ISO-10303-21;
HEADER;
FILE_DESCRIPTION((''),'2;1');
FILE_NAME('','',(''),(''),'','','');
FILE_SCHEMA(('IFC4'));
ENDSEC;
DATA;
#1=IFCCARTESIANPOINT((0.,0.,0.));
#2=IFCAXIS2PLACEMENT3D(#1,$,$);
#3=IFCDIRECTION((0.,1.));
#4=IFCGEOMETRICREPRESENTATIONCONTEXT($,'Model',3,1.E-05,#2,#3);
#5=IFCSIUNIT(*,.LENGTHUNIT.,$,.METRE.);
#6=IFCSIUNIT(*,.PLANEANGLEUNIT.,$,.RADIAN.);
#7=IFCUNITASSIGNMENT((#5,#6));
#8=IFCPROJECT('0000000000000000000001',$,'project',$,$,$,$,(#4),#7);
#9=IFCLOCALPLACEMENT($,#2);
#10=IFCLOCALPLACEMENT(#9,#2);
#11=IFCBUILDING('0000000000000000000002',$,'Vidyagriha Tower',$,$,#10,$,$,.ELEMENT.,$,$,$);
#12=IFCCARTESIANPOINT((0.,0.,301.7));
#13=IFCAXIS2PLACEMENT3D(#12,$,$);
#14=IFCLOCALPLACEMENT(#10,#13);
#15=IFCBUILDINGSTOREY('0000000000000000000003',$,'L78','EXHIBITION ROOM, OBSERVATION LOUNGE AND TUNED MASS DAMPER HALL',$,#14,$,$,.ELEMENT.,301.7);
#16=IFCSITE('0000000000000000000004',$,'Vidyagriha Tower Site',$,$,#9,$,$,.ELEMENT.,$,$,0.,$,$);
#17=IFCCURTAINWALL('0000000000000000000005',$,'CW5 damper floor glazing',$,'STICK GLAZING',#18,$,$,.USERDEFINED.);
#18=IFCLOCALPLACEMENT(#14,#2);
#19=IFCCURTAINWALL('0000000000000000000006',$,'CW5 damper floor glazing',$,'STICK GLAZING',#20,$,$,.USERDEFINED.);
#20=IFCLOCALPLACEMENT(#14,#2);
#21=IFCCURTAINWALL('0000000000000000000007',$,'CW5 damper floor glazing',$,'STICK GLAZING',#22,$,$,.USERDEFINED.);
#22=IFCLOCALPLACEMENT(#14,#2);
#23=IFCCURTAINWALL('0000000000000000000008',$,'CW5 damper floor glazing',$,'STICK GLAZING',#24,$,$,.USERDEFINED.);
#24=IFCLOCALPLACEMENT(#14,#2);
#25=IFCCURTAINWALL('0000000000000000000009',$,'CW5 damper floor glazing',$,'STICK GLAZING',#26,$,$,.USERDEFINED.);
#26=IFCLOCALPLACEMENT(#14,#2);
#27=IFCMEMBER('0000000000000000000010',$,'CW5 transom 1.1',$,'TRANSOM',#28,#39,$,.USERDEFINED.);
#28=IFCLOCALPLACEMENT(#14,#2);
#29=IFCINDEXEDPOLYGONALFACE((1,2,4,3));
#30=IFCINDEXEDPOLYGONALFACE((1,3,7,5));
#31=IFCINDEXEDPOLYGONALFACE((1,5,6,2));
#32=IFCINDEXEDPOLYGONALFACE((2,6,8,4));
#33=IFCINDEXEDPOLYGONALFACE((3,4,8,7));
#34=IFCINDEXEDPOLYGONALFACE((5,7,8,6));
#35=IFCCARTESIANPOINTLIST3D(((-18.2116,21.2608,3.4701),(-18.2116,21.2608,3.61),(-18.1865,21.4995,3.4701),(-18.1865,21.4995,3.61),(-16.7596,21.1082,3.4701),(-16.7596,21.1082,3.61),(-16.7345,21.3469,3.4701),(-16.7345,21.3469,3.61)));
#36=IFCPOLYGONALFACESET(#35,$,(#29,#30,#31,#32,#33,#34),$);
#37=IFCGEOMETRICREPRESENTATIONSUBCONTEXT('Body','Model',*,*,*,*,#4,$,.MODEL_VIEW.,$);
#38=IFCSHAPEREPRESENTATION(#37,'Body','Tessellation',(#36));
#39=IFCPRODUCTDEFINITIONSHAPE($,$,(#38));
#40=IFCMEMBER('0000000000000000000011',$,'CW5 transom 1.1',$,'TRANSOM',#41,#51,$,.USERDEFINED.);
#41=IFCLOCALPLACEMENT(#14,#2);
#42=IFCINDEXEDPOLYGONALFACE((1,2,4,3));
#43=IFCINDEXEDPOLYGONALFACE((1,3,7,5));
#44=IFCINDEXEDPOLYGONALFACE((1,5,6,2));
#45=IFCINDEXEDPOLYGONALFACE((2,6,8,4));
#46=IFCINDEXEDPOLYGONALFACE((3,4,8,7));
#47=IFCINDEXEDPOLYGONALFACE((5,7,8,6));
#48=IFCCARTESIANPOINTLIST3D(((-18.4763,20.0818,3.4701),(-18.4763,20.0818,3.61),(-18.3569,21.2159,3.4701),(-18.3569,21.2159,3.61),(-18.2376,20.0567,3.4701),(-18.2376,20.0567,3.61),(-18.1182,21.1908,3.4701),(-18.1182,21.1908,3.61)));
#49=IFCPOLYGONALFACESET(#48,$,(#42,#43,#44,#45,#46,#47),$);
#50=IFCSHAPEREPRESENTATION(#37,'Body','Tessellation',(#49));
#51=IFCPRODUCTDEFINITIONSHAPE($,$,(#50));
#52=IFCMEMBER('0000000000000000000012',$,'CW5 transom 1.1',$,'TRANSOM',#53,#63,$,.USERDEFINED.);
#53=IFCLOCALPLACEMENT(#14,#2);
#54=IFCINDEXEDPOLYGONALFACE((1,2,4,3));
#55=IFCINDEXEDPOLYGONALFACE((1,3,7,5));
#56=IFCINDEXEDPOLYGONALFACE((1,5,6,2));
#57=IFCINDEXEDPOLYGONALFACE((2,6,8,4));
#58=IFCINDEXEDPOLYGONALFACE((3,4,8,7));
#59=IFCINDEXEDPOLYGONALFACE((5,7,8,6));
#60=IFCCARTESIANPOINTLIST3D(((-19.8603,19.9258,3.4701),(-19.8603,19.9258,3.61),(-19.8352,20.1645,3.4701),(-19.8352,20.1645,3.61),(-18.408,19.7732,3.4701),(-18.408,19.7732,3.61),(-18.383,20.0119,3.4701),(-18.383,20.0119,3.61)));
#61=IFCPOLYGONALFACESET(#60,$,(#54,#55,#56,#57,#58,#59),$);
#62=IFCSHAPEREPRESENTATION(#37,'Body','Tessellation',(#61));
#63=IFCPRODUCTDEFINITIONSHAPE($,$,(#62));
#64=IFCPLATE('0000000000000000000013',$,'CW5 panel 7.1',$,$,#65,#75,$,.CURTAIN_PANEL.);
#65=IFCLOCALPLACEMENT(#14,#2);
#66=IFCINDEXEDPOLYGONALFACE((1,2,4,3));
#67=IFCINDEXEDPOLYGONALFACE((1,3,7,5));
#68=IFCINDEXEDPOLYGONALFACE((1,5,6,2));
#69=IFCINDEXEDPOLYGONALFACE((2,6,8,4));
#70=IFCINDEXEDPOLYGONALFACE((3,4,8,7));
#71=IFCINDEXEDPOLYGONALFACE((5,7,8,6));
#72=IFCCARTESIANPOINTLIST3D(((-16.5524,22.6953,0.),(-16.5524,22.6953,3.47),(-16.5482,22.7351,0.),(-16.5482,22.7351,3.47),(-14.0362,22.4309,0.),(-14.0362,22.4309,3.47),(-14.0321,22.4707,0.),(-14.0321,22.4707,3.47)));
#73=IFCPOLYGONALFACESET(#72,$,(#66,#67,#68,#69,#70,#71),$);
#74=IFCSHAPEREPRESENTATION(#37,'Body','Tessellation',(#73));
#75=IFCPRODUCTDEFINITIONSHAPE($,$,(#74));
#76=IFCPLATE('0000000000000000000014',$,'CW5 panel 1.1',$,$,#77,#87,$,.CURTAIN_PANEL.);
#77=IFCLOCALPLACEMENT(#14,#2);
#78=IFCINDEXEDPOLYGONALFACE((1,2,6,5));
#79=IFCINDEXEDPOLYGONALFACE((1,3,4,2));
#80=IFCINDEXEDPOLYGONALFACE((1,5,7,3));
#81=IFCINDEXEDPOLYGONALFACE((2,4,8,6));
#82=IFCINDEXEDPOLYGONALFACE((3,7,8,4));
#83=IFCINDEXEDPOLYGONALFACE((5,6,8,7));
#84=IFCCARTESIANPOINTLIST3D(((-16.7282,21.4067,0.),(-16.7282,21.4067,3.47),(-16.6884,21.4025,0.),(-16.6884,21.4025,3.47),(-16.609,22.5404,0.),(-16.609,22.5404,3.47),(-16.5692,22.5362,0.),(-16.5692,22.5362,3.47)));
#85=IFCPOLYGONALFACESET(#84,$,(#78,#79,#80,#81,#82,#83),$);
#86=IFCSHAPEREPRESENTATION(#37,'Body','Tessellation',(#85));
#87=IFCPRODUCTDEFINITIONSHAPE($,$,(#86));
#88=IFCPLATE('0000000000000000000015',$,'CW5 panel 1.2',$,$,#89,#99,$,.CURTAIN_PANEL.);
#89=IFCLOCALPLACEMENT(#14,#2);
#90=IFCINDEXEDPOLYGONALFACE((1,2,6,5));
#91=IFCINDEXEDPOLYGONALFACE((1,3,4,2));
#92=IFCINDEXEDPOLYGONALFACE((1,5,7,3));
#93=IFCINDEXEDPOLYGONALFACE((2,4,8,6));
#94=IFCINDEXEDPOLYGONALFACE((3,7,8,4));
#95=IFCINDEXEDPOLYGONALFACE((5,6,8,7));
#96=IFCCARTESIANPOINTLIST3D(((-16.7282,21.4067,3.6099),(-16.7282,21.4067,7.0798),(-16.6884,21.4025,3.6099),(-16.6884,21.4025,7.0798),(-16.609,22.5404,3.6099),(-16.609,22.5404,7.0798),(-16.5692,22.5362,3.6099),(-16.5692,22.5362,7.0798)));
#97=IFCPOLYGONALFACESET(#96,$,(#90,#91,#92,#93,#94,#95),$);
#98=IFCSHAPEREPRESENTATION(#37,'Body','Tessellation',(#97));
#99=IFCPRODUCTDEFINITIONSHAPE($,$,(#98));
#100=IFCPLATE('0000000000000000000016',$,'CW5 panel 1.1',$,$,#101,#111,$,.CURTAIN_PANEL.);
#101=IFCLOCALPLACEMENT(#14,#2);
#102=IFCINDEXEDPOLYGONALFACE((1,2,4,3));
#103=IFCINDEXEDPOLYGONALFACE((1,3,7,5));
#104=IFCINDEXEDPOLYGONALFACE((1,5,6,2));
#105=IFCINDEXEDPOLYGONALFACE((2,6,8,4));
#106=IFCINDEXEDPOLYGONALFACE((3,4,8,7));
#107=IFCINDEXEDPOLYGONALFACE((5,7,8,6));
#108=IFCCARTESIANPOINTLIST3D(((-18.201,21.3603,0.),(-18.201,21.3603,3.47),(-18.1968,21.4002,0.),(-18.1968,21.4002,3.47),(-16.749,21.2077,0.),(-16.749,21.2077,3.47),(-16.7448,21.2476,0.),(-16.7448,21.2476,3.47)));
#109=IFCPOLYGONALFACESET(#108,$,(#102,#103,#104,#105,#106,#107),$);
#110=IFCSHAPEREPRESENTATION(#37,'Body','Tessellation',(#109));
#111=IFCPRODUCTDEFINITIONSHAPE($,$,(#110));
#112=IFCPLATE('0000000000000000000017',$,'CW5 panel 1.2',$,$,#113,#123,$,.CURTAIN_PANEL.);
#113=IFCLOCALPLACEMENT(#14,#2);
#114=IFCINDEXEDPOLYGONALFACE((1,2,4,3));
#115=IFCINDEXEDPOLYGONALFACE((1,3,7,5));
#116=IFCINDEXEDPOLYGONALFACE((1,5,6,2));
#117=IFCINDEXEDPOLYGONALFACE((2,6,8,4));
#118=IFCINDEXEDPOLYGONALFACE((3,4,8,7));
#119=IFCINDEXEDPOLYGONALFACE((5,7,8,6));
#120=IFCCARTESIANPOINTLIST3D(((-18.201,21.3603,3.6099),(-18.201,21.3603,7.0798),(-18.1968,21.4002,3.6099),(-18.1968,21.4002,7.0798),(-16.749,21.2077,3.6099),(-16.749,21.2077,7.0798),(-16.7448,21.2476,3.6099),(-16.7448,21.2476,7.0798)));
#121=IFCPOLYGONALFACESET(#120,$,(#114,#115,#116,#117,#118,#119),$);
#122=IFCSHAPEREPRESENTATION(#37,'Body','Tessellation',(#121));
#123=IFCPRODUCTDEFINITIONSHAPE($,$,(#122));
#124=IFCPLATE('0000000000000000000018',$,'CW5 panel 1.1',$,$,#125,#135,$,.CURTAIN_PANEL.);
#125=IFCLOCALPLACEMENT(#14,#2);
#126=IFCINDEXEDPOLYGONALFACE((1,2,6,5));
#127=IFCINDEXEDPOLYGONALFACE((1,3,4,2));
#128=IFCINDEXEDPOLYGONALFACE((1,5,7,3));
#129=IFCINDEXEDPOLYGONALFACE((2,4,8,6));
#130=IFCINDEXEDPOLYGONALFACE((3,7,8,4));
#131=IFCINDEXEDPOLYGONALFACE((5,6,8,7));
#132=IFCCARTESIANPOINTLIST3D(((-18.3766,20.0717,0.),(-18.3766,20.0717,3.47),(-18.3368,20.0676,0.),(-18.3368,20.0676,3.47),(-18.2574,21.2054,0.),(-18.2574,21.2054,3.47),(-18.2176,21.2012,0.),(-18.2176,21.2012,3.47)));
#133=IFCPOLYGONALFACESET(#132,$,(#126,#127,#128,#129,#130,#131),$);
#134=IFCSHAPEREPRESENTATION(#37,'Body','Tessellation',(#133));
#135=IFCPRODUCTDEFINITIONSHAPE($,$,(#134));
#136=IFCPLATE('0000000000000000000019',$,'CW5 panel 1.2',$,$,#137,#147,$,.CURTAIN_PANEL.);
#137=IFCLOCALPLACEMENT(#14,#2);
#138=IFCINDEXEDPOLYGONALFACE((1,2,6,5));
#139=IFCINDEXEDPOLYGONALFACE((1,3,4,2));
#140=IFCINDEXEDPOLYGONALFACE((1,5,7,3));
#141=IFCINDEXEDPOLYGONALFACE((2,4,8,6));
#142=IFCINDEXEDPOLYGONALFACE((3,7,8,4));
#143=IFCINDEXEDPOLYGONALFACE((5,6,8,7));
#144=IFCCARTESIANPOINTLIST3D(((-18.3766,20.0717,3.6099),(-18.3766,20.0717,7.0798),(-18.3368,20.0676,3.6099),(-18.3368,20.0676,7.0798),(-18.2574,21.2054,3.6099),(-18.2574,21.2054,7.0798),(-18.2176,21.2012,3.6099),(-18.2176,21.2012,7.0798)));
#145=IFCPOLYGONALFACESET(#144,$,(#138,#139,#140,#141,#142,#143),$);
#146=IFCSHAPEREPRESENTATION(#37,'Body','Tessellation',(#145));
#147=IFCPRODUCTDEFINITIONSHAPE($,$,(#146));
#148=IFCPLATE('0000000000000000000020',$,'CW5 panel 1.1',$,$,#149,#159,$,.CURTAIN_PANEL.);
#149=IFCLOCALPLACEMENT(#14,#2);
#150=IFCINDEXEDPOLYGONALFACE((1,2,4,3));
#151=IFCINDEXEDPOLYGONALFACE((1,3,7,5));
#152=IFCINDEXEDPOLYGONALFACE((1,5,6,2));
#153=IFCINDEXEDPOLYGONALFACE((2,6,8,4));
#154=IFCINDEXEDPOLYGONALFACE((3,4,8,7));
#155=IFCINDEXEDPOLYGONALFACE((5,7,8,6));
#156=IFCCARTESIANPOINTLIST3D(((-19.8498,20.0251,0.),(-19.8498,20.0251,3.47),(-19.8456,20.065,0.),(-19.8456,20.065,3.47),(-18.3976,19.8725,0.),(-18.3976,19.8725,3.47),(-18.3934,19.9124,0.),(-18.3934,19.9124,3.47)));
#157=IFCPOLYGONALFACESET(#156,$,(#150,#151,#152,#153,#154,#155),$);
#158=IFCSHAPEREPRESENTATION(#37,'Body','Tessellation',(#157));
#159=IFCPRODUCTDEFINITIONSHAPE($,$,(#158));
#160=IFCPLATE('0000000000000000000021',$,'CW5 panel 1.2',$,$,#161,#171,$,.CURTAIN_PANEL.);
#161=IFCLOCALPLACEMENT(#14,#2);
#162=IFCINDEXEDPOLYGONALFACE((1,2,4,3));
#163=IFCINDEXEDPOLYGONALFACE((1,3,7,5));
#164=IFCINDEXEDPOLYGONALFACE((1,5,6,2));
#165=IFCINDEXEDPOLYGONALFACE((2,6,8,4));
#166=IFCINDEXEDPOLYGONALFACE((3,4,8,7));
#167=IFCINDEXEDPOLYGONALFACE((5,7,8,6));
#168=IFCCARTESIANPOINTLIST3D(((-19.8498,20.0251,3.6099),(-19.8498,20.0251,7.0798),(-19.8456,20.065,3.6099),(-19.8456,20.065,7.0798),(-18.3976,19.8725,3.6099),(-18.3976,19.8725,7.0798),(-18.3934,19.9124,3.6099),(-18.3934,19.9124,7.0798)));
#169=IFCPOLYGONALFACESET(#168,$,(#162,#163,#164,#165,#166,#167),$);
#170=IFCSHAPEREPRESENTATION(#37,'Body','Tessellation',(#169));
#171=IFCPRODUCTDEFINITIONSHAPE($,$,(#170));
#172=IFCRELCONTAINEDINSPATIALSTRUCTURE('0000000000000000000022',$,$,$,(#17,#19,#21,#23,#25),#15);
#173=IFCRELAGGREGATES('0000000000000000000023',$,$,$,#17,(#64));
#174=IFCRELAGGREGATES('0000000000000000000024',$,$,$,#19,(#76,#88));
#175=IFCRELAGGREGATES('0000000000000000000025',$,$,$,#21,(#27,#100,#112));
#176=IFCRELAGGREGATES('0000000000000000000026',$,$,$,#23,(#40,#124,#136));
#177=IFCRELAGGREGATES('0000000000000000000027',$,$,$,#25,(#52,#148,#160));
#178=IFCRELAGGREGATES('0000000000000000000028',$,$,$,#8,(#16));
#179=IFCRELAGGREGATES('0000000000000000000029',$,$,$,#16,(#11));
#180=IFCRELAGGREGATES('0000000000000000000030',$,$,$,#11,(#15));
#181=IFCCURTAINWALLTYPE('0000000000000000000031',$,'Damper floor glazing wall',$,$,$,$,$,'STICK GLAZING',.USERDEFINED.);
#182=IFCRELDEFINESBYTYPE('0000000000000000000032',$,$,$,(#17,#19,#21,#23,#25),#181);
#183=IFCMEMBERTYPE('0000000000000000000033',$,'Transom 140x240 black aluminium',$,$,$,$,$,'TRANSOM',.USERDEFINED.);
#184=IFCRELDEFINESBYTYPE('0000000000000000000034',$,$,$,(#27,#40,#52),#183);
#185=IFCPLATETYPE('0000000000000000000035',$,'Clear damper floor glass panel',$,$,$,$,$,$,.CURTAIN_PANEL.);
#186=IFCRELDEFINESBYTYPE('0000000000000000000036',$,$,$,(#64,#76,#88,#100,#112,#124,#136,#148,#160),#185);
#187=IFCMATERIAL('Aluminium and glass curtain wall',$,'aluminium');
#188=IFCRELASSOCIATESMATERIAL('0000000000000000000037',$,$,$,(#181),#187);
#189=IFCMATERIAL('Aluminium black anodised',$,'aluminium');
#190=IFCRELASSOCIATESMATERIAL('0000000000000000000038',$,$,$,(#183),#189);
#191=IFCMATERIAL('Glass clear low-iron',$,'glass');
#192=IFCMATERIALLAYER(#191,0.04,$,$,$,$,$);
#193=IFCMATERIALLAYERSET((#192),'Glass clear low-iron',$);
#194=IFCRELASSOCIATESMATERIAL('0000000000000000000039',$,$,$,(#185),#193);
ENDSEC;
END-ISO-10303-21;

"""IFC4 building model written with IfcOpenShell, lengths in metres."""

from ifc_helpers import new_model, si_unit, direction, frame, origin, origin_2d, place, context, subcontext, project, spatial, rectangle, extrude, material, layer, layer_set, material_profile, profile_set, type_object, element, aggregate, save


model = new_model("IFC4")

# Units and contexts
model_context = context("Model", 3, precision=1e-05, world=origin(), true_north=direction((0.0, 1.0)))
body_context = subcontext(model_context, "Body", "Model", "MODEL_VIEW")
ifc_project = project(units=[si_unit("LENGTHUNIT", "METRE"), si_unit("PLANEANGLEUNIT", "RADIAN")], contexts=[model_context])

# Site, building, storey
site_placement = place(None, origin())
site = spatial("IfcSite", under=ifc_project, at=site_placement, Name="Vidyagriha Tower Site", CompositionType="ELEMENT", RefElevation=0.0)
building_placement = place(site_placement, origin())
building = spatial("IfcBuilding", under=site, at=building_placement, Name="Vidyagriha Tower", CompositionType="ELEMENT")
storey_placement = place(building_placement, frame((0.0, 0.0, 301.7)))
storey = spatial("IfcBuildingStorey", under=building, at=storey_placement, Name="L78", Description="EXHIBITION ROOM, OBSERVATION LOUNGE AND TUNED MASS DAMPER HALL", CompositionType="ELEMENT", Elevation=301.7)

# Curtain wall
ifc_material_1 = material(Name="Aluminium and glass curtain wall", Category="aluminium")
curtain_wall_type = type_object("IfcCurtainWallType", Name="Damper floor glazing wall", ElementType="STICK GLAZING", PredefinedType="USERDEFINED", material=ifc_material_1)
curtain_wall_1_placement = place(storey_placement, origin())
curtain_wall_1 = element("IfcCurtainWall", 1, at=curtain_wall_1_placement, inside=storey, type_object=curtain_wall_type, Name="CW5 damper floor glazing", ObjectType="STICK GLAZING", PredefinedType="USERDEFINED")

# Curtain walls
curtain_wall_2_placement = place(storey_placement, origin())
curtain_wall_2 = element("IfcCurtainWall", 2, at=curtain_wall_2_placement, inside=storey, type_object=curtain_wall_type, Name="CW5 damper floor glazing", ObjectType="STICK GLAZING", PredefinedType="USERDEFINED")
curtain_wall_3_placement = place(storey_placement, origin())
curtain_wall_3 = element("IfcCurtainWall", 3, at=curtain_wall_3_placement, inside=storey, type_object=curtain_wall_type, Name="CW5 damper floor glazing", ObjectType="STICK GLAZING", PredefinedType="USERDEFINED")
curtain_wall_4_placement = place(storey_placement, origin())
curtain_wall_4 = element("IfcCurtainWall", 4, at=curtain_wall_4_placement, inside=storey, type_object=curtain_wall_type, Name="CW5 damper floor glazing", ObjectType="STICK GLAZING", PredefinedType="USERDEFINED")
curtain_wall_5_placement = place(storey_placement, origin())
curtain_wall_5 = element("IfcCurtainWall", 5, at=curtain_wall_5_placement, inside=storey, type_object=curtain_wall_type, Name="CW5 damper floor glazing", ObjectType="STICK GLAZING", PredefinedType="USERDEFINED")

# Members
ifc_material_2 = material(Name="Aluminium black anodised", Category="aluminium")
ifc_material_profile_1 = material_profile(ifc_material_2, rectangle(XDim=0.24, YDim=0.1399, at=origin_2d()), Name="Transom 140x240 black aluminium")
ifc_profile_set_1 = profile_set([ifc_material_profile_1], Name="Aluminium black anodised")
member_type_1 = type_object("IfcMemberType", Name="Transom 140x240 black aluminium", ElementType="TRANSOM", PredefinedType="USERDEFINED", material=ifc_profile_set_1)
member_1_placement = place(storey_placement, frame((-16.7471, 21.2275, 3.54), z_axis=(-0.994523, 0.104519, 0.0), x_axis=(-0.104519, -0.994523, 0.0)))
member_1 = element("IfcMember", 6, at=member_1_placement, type_object=member_type_1, Name="CW5 transom 1.1", ObjectType="TRANSOM", PredefinedType="USERDEFINED", context=body_context, shape_type="SweptSolid", body=[
    extrude(rectangle(XDim=0.24, YDim=0.1399, at=origin_2d()), origin(), (0.0, 0.0, 1.0), 1.46),
])
member_2_placement = place(storey_placement, frame((-18.2375, 21.2034, 3.54), z_axis=(-0.104696, -0.994504, 0.0), x_axis=(0.994504, -0.104696, 0.0)))
member_2 = element("IfcMember", 7, at=member_2_placement, type_object=member_type_1, Name="CW5 transom 1.1", ObjectType="TRANSOM", PredefinedType="USERDEFINED", context=body_context, shape_type="SweptSolid", body=[
    extrude(rectangle(XDim=0.24, YDim=0.1399, at=origin_2d()), origin(), (0.0, 0.0, 1.0), 1.1404),
])
member_3_placement = place(storey_placement, frame((-18.3955, 19.8926, 3.54), z_axis=(-0.994525, 0.104502, 0.0), x_axis=(-0.104502, -0.994525, 0.0)))
member_3 = element("IfcMember", 8, at=member_3_placement, type_object=member_type_1, Name="CW5 transom 1.1", ObjectType="TRANSOM", PredefinedType="USERDEFINED", context=body_context, shape_type="SweptSolid", body=[
    extrude(rectangle(XDim=0.24, YDim=0.1399, at=origin_2d()), origin(), (0.0, 0.0, 1.0), 1.4602),
])

# Plates
ifc_material_3 = material(Name="Glass clear low-iron", Category="glass")
ifc_layer = layer(ifc_material_3, 0.04)
ifc_layer_set = layer_set([ifc_layer], Name="Glass clear low-iron")
plate_type = type_object("IfcPlateType", Name="Clear damper floor glass panel", PredefinedType="CURTAIN_PANEL", material=ifc_layer_set)
plate_1_placement = place(storey_placement, frame((-15.2922, 22.583, 0.0), z_axis=(0.0, 0.0, 1.0), x_axis=(-0.994522, 0.104528, 0.0)))
plate_1 = element("IfcPlate", 9, at=plate_1_placement, type_object=plate_type, Name="CW5 panel 7.1", PredefinedType="CURTAIN_PANEL", context=body_context, shape_type="SweptSolid", body=[
    extrude(rectangle(XDim=2.53, YDim=0.04, at=origin_2d()), origin(), (0.0, 0.0, 1.0), 3.47),
])
aggregate(curtain_wall_1, [plate_1])
plate_2_placement = place(storey_placement, frame((-16.6487, 21.9714, 0.0), z_axis=(0.0, 0.0, 1.0), x_axis=(-0.104549, -0.99452, 0.0)))
plate_2 = element("IfcPlate", 10, at=plate_2_placement, type_object=plate_type, Name="CW5 panel 1.1", PredefinedType="CURTAIN_PANEL", context=body_context, shape_type="SweptSolid", body=[
    extrude(rectangle(XDim=1.1399, YDim=0.04, at=origin_2d()), origin(), (0.0, 0.0, 1.0), 3.47),
])
plate_3_placement = place(storey_placement, frame((-16.6487, 21.9714, 3.6099), z_axis=(0.0, 0.0, 1.0), x_axis=(-0.104549, -0.99452, 0.0)))
plate_3 = element("IfcPlate", 11, at=plate_3_placement, type_object=plate_type, Name="CW5 panel 1.2", PredefinedType="CURTAIN_PANEL", context=body_context, shape_type="SweptSolid", body=[
    extrude(rectangle(XDim=1.1399, YDim=0.04, at=origin_2d()), origin(), (0.0, 0.0, 1.0), 3.47),
])
aggregate(curtain_wall_2, [plate_2, plate_3])
plate_4_placement = place(storey_placement, frame((-17.4729, 21.304, 0.0), z_axis=(0.0, 0.0, 1.0), x_axis=(-0.994523, 0.104519, 0.0)))
plate_4 = element("IfcPlate", 12, at=plate_4_placement, type_object=plate_type, Name="CW5 panel 1.1", PredefinedType="CURTAIN_PANEL", context=body_context, shape_type="SweptSolid", body=[
    extrude(rectangle(XDim=1.46, YDim=0.04, at=origin_2d()), origin(), (0.0, 0.0, 1.0), 3.47),
])
plate_5_placement = place(storey_placement, frame((-17.4729, 21.304, 3.6099), z_axis=(0.0, 0.0, 1.0), x_axis=(-0.994523, 0.104519, 0.0)))
plate_5 = element("IfcPlate", 13, at=plate_5_placement, type_object=plate_type, Name="CW5 panel 1.2", PredefinedType="CURTAIN_PANEL", context=body_context, shape_type="SweptSolid", body=[
    extrude(rectangle(XDim=1.46, YDim=0.04, at=origin_2d()), origin(), (0.0, 0.0, 1.0), 3.47),
])
aggregate(curtain_wall_3, [member_1, plate_4, plate_5])
plate_6_placement = place(storey_placement, frame((-18.2971, 20.6365, 0.0), z_axis=(0.0, 0.0, 1.0), x_axis=(-0.104549, -0.99452, 0.0)))
plate_6 = element("IfcPlate", 14, at=plate_6_placement, type_object=plate_type, Name="CW5 panel 1.1", PredefinedType="CURTAIN_PANEL", context=body_context, shape_type="SweptSolid", body=[
    extrude(rectangle(XDim=1.1399, YDim=0.04, at=origin_2d()), origin(), (0.0, 0.0, 1.0), 3.47),
])
plate_7_placement = place(storey_placement, frame((-18.2971, 20.6365, 3.6099), z_axis=(0.0, 0.0, 1.0), x_axis=(-0.104549, -0.99452, 0.0)))
plate_7 = element("IfcPlate", 15, at=plate_7_placement, type_object=plate_type, Name="CW5 panel 1.2", PredefinedType="CURTAIN_PANEL", context=body_context, shape_type="SweptSolid", body=[
    extrude(rectangle(XDim=1.1399, YDim=0.04, at=origin_2d()), origin(), (0.0, 0.0, 1.0), 3.47),
])
aggregate(curtain_wall_4, [member_2, plate_6, plate_7])
plate_8_placement = place(storey_placement, frame((-19.1216, 19.9688, 0.0), z_axis=(0.0, 0.0, 1.0), x_axis=(-0.994524, 0.104512, 0.0)))
plate_8 = element("IfcPlate", 16, at=plate_8_placement, type_object=plate_type, Name="CW5 panel 1.1", PredefinedType="CURTAIN_PANEL", context=body_context, shape_type="SweptSolid", body=[
    extrude(rectangle(XDim=1.4602, YDim=0.04, at=origin_2d()), origin(), (0.0, 0.0, 1.0), 3.47),
])
plate_9_placement = place(storey_placement, frame((-19.1216, 19.9688, 3.6099), z_axis=(0.0, 0.0, 1.0), x_axis=(-0.994524, 0.104512, 0.0)))
plate_9 = element("IfcPlate", 17, at=plate_9_placement, type_object=plate_type, Name="CW5 panel 1.2", PredefinedType="CURTAIN_PANEL", context=body_context, shape_type="SweptSolid", body=[
    extrude(rectangle(XDim=1.4602, YDim=0.04, at=origin_2d()), origin(), (0.0, 0.0, 1.0), 3.47),
])
aggregate(curtain_wall_5, [member_3, plate_8, plate_9])

save(model, "model.ifc")
